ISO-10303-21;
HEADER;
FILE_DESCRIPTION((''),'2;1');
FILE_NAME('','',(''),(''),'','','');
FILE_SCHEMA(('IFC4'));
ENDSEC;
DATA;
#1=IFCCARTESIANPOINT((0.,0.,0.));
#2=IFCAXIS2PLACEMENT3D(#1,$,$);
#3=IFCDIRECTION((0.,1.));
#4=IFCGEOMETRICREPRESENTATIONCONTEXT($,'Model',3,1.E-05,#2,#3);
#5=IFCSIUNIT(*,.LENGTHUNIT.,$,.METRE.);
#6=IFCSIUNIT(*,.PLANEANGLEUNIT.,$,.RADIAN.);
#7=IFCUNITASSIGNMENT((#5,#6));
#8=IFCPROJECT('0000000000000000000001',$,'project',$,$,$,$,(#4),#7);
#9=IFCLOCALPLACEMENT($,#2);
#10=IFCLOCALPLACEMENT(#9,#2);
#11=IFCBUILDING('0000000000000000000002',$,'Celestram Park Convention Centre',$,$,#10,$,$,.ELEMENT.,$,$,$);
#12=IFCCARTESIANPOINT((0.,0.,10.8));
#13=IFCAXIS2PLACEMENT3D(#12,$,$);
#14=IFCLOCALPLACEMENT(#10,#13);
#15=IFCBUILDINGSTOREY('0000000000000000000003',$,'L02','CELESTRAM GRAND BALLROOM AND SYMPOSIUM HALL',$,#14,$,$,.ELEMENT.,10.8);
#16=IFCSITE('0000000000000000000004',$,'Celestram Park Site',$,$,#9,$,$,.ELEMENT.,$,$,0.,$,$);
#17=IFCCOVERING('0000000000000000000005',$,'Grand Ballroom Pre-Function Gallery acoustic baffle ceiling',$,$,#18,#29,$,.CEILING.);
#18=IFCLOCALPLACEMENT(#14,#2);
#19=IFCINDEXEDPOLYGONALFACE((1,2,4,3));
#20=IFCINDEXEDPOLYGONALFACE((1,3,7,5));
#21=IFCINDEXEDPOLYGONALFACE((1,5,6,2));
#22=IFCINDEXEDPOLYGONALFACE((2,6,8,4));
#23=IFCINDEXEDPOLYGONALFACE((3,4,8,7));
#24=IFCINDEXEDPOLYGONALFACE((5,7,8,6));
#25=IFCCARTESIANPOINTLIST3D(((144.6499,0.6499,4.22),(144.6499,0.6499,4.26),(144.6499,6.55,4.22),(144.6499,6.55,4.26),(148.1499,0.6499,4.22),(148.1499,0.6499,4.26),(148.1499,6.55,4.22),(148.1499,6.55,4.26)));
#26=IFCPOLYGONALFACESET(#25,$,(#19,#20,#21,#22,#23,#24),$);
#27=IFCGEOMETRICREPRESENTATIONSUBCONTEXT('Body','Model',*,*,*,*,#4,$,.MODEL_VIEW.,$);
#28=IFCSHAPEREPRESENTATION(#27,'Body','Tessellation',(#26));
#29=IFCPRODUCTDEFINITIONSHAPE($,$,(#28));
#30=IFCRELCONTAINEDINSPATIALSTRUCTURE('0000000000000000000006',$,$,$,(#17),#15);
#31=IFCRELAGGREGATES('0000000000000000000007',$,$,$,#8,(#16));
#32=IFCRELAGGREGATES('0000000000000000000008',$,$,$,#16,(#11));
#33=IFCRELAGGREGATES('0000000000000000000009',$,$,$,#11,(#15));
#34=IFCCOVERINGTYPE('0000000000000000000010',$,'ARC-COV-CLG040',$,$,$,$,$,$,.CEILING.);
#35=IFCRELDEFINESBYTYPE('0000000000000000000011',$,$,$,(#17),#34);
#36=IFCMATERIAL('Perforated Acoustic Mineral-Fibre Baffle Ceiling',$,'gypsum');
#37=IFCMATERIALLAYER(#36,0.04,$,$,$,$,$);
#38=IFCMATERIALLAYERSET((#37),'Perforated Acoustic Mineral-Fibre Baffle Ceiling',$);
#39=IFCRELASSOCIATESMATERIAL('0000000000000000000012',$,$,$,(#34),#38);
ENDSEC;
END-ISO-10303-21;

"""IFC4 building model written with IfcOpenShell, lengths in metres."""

from ifc_helpers import new_model, si_unit, direction, frame, origin, place, context, subcontext, project, spatial, polyline, outline, extrude, material, layer, layer_set, type_object, element, save


model = new_model("IFC4")

# Units and contexts
model_context = context("Model", 3, precision=1e-05, world=origin(), true_north=direction((0.0, 1.0)))
body_context = subcontext(model_context, "Body", "Model", "MODEL_VIEW")
ifc_project = project(units=[si_unit("LENGTHUNIT", "METRE"), si_unit("PLANEANGLEUNIT", "RADIAN")], contexts=[model_context])

# Site, building, storey
site_placement = place(None, origin())
site = spatial("IfcSite", under=ifc_project, at=site_placement, Name="Celestram Park Site", CompositionType="ELEMENT", RefElevation=0.0)
building_placement = place(site_placement, origin())
building = spatial("IfcBuilding", under=site, at=building_placement, Name="Celestram Park Convention Centre", CompositionType="ELEMENT")
storey_placement = place(building_placement, frame((0.0, 0.0, 10.8)))
storey = spatial("IfcBuildingStorey", under=building, at=storey_placement, Name="L02", Description="CELESTRAM GRAND BALLROOM AND SYMPOSIUM HALL", CompositionType="ELEMENT", Elevation=10.8)

# Covering
ifc_material_1 = material(Name="Perforated Acoustic Mineral-Fibre Baffle Ceiling", Category="gypsum")
ifc_layer_1 = layer(ifc_material_1, 0.04)
ifc_layer_set_1 = layer_set([ifc_layer_1], Name="Perforated Acoustic Mineral-Fibre Baffle Ceiling")
covering_type = type_object("IfcCoveringType", Name="ARC-COV-CLG040", PredefinedType="CEILING", material=ifc_layer_set_1)
covering_placement = place(storey_placement, frame((0.0, 0.0, 4.22)))
element("IfcCovering", 1, at=covering_placement, inside=storey, type_object=covering_type, Name="Grand Ballroom Pre-Function Gallery acoustic baffle ceiling", PredefinedType="CEILING", context=body_context, shape_type="SweptSolid", body=[
    extrude(outline(polyline([(144.6499, 0.6499), (148.1499, 0.6499), (148.1499, 6.55), (144.6499, 6.55), (144.6499, 0.6499)])), origin(), (0.0, 0.0, 1.0), 0.04),
])

save(model, "model.ifc")
